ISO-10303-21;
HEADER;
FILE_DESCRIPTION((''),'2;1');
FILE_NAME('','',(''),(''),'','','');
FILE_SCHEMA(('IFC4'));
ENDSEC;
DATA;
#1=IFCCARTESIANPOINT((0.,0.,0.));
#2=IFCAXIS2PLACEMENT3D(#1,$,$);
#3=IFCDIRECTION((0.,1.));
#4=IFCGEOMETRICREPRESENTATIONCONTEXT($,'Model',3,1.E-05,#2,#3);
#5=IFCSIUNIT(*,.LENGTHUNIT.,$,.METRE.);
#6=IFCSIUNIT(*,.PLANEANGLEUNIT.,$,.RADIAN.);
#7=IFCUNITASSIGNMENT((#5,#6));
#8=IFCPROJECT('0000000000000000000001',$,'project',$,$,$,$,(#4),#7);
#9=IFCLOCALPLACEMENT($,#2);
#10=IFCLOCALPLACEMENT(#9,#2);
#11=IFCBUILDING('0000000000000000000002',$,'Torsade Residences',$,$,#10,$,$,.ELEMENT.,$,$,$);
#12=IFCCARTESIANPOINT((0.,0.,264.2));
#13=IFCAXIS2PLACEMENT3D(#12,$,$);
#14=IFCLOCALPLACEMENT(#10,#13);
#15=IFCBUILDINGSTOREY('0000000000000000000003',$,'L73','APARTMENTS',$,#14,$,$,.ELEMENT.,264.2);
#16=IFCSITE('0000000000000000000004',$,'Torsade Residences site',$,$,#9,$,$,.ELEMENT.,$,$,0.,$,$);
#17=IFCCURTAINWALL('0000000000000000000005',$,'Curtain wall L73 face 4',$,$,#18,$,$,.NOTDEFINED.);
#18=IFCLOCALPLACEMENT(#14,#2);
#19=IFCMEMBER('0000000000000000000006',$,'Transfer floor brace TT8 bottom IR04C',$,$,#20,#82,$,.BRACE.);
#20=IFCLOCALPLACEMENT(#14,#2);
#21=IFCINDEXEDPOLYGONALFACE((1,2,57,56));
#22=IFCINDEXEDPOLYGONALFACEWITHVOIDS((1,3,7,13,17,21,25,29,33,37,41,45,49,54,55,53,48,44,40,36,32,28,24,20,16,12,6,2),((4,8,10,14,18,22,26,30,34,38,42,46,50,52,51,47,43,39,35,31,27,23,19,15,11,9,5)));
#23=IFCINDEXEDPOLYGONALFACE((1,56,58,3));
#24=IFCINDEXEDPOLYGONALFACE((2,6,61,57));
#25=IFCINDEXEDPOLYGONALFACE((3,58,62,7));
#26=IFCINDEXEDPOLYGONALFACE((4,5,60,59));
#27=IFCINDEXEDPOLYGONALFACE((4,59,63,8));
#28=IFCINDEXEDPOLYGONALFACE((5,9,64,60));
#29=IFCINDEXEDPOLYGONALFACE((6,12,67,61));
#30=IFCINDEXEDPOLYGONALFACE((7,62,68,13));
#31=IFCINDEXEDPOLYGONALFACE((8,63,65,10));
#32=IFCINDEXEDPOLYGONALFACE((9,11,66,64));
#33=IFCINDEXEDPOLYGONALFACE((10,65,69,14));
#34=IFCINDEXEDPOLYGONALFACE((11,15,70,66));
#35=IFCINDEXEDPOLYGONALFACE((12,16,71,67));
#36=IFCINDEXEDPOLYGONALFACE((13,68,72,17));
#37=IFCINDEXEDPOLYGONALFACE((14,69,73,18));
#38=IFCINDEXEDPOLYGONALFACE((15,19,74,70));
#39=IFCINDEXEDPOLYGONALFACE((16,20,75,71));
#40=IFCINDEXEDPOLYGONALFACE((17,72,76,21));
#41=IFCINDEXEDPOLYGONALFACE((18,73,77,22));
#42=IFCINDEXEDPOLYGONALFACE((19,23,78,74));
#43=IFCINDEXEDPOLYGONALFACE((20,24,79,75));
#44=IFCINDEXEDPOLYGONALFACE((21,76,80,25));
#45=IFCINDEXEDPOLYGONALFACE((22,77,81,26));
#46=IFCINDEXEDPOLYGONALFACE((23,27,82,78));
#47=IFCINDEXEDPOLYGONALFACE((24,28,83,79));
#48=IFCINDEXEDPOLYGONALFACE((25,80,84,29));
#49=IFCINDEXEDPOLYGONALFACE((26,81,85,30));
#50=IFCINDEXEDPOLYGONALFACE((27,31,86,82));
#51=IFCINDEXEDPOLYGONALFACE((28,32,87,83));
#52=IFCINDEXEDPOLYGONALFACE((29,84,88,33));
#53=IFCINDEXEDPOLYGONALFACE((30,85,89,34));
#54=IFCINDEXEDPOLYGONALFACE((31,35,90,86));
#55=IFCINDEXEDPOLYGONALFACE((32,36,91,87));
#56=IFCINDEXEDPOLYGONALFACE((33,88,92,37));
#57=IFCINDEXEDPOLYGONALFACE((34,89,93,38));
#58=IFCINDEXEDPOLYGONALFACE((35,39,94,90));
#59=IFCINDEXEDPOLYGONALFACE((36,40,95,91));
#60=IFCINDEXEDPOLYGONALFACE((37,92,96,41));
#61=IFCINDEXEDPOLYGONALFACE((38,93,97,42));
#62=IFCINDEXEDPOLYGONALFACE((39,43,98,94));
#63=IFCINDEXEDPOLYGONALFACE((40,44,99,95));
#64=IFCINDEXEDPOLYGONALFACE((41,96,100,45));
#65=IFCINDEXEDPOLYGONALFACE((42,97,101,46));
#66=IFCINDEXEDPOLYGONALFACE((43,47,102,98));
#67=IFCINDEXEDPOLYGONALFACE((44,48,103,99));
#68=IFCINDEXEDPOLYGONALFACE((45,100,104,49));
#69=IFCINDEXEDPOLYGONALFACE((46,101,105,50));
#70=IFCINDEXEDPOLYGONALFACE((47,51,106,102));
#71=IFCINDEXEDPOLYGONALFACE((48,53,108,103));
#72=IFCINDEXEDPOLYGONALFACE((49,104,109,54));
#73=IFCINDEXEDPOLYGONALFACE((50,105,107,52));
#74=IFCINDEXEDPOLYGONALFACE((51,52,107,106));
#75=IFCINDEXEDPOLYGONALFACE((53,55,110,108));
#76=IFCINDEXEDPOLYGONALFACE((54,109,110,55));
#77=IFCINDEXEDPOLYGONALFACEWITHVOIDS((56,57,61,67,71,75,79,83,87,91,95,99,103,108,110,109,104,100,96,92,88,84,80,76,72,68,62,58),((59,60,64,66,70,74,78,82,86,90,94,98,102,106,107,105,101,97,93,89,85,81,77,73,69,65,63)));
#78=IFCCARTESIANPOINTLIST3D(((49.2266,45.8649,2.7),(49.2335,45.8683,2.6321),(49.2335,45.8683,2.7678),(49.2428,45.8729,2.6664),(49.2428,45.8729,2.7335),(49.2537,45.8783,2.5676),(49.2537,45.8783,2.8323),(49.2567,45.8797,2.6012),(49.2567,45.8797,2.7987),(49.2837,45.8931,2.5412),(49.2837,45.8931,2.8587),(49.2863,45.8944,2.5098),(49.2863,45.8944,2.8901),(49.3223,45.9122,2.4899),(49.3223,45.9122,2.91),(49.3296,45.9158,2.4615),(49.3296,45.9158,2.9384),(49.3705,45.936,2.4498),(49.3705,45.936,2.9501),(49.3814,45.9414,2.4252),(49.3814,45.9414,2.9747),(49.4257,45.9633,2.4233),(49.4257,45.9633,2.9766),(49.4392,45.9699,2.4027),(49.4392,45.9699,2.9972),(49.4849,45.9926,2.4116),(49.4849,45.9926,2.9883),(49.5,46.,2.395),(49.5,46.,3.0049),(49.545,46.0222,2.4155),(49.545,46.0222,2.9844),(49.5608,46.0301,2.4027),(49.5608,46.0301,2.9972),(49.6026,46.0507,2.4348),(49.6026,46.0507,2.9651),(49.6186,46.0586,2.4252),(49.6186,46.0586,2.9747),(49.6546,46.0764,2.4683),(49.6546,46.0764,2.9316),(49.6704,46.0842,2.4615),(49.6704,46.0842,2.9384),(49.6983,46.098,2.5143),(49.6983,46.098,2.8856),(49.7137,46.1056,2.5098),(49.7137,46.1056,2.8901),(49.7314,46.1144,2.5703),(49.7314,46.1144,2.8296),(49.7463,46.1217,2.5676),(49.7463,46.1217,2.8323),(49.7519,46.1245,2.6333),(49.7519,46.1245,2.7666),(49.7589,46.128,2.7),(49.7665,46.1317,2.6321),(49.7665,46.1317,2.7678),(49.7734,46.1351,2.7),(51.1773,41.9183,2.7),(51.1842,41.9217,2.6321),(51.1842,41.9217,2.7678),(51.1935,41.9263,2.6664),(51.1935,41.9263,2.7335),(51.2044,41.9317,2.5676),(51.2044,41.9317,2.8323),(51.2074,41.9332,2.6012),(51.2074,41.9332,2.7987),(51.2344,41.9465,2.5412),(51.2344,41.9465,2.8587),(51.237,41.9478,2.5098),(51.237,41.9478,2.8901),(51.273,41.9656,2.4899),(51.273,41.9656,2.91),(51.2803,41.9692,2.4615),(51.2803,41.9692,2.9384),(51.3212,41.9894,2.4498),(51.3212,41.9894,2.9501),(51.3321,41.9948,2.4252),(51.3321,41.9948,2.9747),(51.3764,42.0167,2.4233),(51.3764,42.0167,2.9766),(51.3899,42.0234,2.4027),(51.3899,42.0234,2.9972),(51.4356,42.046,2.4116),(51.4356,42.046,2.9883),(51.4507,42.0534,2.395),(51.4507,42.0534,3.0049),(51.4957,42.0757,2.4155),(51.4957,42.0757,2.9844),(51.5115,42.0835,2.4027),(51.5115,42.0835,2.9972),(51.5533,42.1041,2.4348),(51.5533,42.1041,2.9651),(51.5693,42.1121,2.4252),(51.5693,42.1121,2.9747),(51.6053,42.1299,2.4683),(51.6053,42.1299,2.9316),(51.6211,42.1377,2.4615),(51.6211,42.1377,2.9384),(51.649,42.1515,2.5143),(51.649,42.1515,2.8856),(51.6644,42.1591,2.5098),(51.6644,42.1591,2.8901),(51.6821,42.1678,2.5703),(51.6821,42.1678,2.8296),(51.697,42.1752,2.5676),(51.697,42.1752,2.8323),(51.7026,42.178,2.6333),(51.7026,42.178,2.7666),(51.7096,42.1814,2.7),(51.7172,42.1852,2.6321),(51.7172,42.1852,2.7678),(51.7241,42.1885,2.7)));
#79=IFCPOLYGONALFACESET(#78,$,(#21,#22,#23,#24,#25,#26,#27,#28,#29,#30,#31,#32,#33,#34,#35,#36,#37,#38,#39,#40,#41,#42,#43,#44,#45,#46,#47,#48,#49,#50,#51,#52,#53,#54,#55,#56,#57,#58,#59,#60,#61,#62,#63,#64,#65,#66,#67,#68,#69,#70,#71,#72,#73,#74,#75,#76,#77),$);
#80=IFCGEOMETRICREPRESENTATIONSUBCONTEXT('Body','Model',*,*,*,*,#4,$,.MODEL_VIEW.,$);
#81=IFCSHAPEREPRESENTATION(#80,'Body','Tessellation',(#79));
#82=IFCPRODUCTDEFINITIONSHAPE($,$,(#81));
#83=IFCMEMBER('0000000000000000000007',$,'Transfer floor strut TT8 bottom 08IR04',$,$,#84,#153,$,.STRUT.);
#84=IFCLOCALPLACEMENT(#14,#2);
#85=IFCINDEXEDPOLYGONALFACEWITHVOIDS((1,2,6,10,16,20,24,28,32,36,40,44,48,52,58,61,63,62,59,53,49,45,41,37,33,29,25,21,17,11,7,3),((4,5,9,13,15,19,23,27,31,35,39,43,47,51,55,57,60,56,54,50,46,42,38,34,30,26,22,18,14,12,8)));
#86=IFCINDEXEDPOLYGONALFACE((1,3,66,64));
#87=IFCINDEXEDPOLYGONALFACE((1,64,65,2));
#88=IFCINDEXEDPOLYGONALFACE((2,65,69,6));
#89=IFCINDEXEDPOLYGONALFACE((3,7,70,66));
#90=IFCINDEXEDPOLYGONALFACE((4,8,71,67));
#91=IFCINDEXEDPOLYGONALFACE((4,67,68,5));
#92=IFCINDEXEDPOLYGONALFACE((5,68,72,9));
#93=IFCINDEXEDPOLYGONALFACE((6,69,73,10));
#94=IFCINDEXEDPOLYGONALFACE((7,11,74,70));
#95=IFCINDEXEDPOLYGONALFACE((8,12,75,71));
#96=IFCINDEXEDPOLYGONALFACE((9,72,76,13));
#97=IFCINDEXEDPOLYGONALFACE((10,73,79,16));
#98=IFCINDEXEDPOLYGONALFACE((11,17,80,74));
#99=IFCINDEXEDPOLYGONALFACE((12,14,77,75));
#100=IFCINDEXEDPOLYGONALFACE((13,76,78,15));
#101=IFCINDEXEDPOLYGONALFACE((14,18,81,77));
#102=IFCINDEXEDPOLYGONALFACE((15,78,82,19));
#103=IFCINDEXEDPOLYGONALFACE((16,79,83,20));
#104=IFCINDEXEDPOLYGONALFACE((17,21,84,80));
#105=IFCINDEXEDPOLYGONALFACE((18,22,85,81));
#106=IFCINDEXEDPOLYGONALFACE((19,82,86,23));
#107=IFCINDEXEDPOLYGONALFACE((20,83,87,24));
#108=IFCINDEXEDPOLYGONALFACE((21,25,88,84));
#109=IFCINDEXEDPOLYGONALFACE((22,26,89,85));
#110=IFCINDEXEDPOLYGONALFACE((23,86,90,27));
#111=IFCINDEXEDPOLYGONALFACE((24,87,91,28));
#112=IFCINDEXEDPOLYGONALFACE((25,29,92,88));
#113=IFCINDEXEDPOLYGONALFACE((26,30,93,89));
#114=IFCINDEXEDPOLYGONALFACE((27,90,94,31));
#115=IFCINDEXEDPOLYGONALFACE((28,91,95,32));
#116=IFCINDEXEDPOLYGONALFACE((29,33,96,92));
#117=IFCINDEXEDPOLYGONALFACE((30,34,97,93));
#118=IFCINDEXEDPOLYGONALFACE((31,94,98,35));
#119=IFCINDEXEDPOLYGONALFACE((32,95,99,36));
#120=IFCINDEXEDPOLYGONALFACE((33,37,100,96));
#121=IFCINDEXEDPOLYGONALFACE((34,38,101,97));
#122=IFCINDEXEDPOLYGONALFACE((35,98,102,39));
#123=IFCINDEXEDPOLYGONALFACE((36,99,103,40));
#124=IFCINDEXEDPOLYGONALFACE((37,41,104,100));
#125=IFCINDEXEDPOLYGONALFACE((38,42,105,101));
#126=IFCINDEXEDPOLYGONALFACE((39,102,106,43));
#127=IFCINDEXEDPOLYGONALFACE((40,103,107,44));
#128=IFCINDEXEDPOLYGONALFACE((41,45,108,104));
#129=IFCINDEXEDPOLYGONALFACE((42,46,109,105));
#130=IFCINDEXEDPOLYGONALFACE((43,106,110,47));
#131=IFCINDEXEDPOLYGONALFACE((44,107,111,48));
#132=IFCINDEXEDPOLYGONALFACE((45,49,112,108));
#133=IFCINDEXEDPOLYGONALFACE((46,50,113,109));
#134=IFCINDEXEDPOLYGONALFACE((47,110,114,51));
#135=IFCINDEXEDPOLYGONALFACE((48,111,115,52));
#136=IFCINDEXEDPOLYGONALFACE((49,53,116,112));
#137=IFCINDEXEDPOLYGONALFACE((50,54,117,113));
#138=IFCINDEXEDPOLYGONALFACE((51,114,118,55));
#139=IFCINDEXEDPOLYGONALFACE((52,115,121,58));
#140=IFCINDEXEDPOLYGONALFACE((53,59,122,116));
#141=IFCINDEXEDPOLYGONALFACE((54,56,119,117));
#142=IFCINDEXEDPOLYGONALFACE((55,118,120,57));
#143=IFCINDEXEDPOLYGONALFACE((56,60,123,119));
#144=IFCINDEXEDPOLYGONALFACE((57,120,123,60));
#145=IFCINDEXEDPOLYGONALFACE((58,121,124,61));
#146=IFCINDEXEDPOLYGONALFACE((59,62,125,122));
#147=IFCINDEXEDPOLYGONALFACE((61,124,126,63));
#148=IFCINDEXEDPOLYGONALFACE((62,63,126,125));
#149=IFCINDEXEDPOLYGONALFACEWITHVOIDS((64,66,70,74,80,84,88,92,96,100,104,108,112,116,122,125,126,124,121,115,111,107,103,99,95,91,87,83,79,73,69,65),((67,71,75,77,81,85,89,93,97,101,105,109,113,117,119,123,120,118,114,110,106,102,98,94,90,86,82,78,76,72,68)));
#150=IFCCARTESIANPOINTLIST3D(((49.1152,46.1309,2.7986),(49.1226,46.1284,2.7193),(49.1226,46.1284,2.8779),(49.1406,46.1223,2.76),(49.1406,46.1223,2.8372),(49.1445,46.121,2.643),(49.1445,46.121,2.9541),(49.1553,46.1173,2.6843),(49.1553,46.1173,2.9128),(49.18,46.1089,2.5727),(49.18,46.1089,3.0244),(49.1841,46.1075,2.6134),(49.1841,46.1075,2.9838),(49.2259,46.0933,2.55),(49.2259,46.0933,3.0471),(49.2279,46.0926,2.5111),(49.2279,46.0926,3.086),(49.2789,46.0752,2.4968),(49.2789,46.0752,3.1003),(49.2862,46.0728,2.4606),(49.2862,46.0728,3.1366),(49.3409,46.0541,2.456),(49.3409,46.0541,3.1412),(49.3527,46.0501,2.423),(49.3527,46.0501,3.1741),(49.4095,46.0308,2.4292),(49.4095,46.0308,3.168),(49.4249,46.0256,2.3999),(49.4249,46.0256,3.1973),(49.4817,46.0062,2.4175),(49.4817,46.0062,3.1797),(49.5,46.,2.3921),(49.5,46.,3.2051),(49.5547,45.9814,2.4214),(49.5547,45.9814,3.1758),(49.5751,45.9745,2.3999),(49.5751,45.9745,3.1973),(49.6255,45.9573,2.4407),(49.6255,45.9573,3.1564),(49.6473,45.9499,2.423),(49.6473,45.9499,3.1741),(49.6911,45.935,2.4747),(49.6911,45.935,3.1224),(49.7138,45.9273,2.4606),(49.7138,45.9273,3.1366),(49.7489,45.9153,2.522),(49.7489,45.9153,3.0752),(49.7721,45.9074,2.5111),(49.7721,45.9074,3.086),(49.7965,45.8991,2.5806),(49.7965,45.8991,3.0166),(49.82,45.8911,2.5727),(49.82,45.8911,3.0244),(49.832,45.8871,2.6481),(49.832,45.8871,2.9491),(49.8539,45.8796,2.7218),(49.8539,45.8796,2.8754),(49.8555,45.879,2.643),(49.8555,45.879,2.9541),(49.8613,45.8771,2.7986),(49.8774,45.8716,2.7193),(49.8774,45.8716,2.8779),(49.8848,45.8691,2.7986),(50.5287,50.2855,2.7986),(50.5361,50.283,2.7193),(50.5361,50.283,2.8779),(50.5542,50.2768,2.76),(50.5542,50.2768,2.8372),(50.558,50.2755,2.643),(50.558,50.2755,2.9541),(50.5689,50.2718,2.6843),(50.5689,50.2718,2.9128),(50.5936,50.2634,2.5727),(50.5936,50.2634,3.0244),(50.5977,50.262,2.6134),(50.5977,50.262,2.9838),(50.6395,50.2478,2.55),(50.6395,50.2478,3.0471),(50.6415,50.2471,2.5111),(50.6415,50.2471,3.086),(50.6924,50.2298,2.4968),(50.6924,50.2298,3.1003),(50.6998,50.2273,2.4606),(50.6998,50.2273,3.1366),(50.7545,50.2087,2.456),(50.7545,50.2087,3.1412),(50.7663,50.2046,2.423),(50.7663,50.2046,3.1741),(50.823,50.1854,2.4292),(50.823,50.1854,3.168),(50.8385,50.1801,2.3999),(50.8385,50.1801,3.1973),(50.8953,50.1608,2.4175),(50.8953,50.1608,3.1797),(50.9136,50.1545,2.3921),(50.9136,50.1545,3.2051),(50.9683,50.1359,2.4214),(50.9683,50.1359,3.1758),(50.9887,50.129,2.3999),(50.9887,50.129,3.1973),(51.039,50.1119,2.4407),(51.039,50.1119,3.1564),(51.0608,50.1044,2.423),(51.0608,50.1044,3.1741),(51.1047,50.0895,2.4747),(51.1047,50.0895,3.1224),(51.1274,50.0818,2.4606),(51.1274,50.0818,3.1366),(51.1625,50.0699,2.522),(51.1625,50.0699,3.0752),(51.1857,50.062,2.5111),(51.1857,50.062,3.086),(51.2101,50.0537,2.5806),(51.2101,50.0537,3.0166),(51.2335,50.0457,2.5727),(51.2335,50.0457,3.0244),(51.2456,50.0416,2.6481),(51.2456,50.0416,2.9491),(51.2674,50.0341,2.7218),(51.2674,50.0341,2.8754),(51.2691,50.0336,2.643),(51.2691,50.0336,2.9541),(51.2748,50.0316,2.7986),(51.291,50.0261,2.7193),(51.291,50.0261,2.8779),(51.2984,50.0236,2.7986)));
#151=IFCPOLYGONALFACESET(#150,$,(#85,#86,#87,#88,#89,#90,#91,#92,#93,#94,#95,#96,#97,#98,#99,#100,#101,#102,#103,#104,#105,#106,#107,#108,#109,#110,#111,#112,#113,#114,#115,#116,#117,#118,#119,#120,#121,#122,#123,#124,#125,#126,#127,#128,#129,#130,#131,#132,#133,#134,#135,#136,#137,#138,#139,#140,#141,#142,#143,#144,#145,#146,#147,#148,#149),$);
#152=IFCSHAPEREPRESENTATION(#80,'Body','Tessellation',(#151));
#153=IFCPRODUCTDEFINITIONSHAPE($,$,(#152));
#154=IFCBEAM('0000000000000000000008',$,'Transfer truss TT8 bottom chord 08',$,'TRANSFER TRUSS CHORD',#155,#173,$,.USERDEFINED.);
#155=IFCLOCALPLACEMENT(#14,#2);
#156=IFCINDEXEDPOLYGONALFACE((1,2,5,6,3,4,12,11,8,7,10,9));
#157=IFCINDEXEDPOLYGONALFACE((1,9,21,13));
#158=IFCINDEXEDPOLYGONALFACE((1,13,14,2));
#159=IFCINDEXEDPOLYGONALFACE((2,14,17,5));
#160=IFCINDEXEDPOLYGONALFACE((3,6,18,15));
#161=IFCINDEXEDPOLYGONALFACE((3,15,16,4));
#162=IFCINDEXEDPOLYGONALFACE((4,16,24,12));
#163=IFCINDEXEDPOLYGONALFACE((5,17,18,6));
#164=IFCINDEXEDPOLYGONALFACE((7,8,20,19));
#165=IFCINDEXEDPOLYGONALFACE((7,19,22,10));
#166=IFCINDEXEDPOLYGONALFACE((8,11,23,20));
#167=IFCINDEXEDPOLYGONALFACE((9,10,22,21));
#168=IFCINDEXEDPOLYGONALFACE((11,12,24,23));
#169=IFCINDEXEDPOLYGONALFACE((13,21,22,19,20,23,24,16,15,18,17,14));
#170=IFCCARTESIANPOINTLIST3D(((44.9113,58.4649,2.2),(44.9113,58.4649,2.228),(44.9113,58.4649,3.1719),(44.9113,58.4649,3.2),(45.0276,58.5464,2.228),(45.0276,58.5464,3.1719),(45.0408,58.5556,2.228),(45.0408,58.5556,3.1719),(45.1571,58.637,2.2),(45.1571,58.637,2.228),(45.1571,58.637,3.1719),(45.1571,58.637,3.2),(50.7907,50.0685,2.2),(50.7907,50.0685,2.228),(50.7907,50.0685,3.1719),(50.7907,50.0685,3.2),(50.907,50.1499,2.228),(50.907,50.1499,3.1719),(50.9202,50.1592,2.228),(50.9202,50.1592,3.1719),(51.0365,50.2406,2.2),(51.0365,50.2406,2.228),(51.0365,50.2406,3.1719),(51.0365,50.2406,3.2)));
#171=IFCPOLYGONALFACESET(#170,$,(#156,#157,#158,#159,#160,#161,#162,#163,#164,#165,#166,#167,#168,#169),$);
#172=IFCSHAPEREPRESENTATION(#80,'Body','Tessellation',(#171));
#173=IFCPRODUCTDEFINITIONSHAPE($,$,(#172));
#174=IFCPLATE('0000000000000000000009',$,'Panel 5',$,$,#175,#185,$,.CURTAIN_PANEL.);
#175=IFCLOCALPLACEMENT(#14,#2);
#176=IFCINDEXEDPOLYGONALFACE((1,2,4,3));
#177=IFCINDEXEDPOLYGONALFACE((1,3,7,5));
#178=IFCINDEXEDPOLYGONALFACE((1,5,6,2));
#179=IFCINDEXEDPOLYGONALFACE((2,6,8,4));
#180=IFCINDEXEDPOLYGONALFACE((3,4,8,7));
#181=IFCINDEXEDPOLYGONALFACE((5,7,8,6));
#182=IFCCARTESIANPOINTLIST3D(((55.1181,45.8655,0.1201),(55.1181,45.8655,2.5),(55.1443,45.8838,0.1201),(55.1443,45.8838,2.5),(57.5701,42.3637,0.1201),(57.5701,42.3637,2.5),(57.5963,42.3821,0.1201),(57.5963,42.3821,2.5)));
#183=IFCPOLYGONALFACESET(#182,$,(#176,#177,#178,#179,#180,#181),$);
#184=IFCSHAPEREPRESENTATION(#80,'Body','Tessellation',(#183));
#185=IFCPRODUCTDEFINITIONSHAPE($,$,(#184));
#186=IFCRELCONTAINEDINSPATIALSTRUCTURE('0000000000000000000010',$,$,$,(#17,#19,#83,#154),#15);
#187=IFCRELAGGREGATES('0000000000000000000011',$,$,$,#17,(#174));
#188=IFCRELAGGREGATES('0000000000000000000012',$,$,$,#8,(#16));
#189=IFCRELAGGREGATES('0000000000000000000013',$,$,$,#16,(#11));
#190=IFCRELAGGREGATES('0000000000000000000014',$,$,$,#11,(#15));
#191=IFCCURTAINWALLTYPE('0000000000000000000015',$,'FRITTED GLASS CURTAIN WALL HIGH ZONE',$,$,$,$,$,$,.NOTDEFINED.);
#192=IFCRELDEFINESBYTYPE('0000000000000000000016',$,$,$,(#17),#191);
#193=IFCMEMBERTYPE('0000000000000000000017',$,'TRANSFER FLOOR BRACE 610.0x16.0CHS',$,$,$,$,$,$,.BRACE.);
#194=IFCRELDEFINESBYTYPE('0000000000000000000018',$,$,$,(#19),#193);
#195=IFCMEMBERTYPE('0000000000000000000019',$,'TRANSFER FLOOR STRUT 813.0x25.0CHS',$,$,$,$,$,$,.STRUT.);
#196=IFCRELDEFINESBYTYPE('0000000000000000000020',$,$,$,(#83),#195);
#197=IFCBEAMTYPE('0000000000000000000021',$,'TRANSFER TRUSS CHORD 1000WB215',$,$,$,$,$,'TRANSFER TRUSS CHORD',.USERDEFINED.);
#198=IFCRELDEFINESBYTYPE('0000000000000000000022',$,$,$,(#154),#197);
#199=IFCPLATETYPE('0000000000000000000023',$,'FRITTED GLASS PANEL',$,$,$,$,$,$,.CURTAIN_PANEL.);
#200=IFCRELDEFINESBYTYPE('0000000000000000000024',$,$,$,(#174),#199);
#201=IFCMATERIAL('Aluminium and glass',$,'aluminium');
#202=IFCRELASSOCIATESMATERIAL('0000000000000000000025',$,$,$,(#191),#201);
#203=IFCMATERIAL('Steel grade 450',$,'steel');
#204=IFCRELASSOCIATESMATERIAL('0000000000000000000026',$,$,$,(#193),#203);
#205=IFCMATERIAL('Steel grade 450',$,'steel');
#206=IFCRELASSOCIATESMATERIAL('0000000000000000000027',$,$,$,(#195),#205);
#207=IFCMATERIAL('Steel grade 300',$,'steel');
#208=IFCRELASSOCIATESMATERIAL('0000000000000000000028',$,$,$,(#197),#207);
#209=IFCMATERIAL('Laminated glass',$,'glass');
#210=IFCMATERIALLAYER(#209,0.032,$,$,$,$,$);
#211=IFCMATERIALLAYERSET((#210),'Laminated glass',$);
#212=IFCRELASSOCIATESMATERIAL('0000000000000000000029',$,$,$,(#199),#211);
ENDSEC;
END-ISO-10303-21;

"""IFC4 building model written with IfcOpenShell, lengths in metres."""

from ifc_helpers import new_model, si_unit, direction, frame, origin, origin_2d, place, context, subcontext, project, spatial, rectangle, hollow_circle, i_section, extrude, material, layer, layer_set, material_profile, profile_set, type_object, element, aggregate, save


model = new_model("IFC4")

# Units and contexts
model_context = context("Model", 3, precision=1e-05, world=origin(), true_north=direction((0.0, 1.0)))
body_context = subcontext(model_context, "Body", "Model", "MODEL_VIEW")
ifc_project = project(units=[si_unit("LENGTHUNIT", "METRE"), si_unit("PLANEANGLEUNIT", "RADIAN")], contexts=[model_context])

# Site, building, storey
site_placement = place(None, origin())
site = spatial("IfcSite", under=ifc_project, at=site_placement, Name="Torsade Residences site", CompositionType="ELEMENT", RefElevation=0.0)
building_placement = place(site_placement, origin())
building = spatial("IfcBuilding", under=site, at=building_placement, Name="Torsade Residences", CompositionType="ELEMENT")
storey_placement = place(building_placement, frame((0.0, 0.0, 264.2)))
storey = spatial("IfcBuildingStorey", under=building, at=storey_placement, Name="L73", Description="APARTMENTS", CompositionType="ELEMENT", Elevation=264.2)

# Curtain wall
ifc_material_1 = material(Name="Aluminium and glass", Category="aluminium")
curtain_wall_type = type_object("IfcCurtainWallType", Name="FRITTED GLASS CURTAIN WALL HIGH ZONE", PredefinedType="NOTDEFINED", material=ifc_material_1)
curtain_wall_placement = place(storey_placement, origin())
curtain_wall = element("IfcCurtainWall", 1, at=curtain_wall_placement, inside=storey, type_object=curtain_wall_type, Name="Curtain wall L73 face 4", PredefinedType="NOTDEFINED")

# Members
ifc_material_2 = material(Name="Steel grade 450", Category="steel")
ifc_material_profile_1 = material_profile(ifc_material_2, hollow_circle(Radius=0.3049, WallThickness=0.0161, at=origin_2d()), Name="610.0x16.0CHS")
ifc_profile_set_1 = profile_set([ifc_material_profile_1], Name="Steel grade 450")
member_type_1 = type_object("IfcMemberType", Name="TRANSFER FLOOR BRACE 610.0x16.0CHS", PredefinedType="BRACE", material=ifc_profile_set_1)
member_1_placement = place(storey_placement, frame((49.5, 46.0, 2.7), z_axis=(0.443105, -0.89647, 0.0), x_axis=(0.89647, 0.443105, 0.0)))
element("IfcMember", 2, at=member_1_placement, inside=storey, type_object=member_type_1, Name="Transfer floor brace TT8 bottom IR04C", PredefinedType="BRACE", context=body_context, shape_type="SweptSolid", body=[
    extrude(hollow_circle(Radius=0.3049, WallThickness=0.0161, at=origin_2d()), origin(), (0.0, 0.0, 1.0), 4.4023),
])
ifc_material_3 = material(Name="Steel grade 450", Category="steel")
ifc_material_profile_2 = material_profile(ifc_material_3, hollow_circle(Radius=0.4065, WallThickness=0.0249, at=origin_2d()), Name="813.0x25.0CHS")
ifc_profile_set_2 = profile_set([ifc_material_profile_2], Name="Steel grade 450")
member_type_2 = type_object("IfcMemberType", Name="TRANSFER FLOOR STRUT 813.0x25.0CHS", PredefinedType="STRUT", material=ifc_profile_set_2)
member_2_placement = place(storey_placement, frame((50.9136, 50.1545, 2.7986), z_axis=(-0.322113, -0.946701, 0.0), x_axis=(0.946701, -0.322113, 0.0)))
element("IfcMember", 3, at=member_2_placement, inside=storey, type_object=member_type_2, Name="Transfer floor strut TT8 bottom 08IR04", PredefinedType="STRUT", context=body_context, shape_type="SweptSolid", body=[
    extrude(hollow_circle(Radius=0.4065, WallThickness=0.0249, at=origin_2d()), origin(), (0.0, 0.0, 1.0), 4.3884),
])

# Beam
ifc_material_4 = material(Name="Steel grade 300", Category="steel")
ifc_material_profile_3 = material_profile(ifc_material_4, i_section(OverallWidth=0.3, OverallDepth=1.0, WebThickness=0.0161, FlangeThickness=0.0281, at=origin_2d()), Name="1000WB215")
ifc_profile_set_3 = profile_set([ifc_material_profile_3], Name="Steel grade 300")
beam_type_1 = type_object("IfcBeamType", Name="TRANSFER TRUSS CHORD 1000WB215", ElementType="TRANSFER TRUSS CHORD", PredefinedType="USERDEFINED", material=ifc_profile_set_3)
beam_1_placement = place(storey_placement, frame((50.9136, 50.1545, 2.7), z_axis=(-0.573584, 0.819147, 0.0), x_axis=(-0.819147, -0.573584, 0.0)))
element("IfcBeam", 4, at=beam_1_placement, inside=storey, type_object=beam_type_1, Name="Transfer truss TT8 bottom chord 08", ObjectType="TRANSFER TRUSS CHORD", PredefinedType="USERDEFINED", context=body_context, shape_type="SweptSolid", body=[
    extrude(i_section(OverallWidth=0.3, OverallDepth=1.0, WebThickness=0.0161, FlangeThickness=0.0281, at=origin_2d()), origin(), (0.0, 0.0, 1.0), 10.2502),
])

# Plate
ifc_material_5 = material(Name="Laminated glass", Category="glass")
ifc_layer_1 = layer(ifc_material_5, 0.032)
ifc_layer_set_1 = layer_set([ifc_layer_1], Name="Laminated glass")
plate_type_1 = type_object("IfcPlateType", Name="FRITTED GLASS PANEL", PredefinedType="CURTAIN_PANEL", material=ifc_layer_set_1)
plate_1_placement = place(storey_placement, frame((56.3572, 44.1238, 0.1201), z_axis=(0.0, 0.0, 1.0), x_axis=(-0.573576, 0.819152, 0.0)))
plate_1 = element("IfcPlate", 5, at=plate_1_placement, type_object=plate_type_1, Name="Panel 5", PredefinedType="CURTAIN_PANEL", context=body_context, shape_type="SweptSolid", body=[
    extrude(rectangle(XDim=4.2749, YDim=0.032, at=origin_2d()), origin(), (0.0, 0.0, 1.0), 2.3799),
])
aggregate(curtain_wall, [plate_1])

save(model, "model.ifc")
